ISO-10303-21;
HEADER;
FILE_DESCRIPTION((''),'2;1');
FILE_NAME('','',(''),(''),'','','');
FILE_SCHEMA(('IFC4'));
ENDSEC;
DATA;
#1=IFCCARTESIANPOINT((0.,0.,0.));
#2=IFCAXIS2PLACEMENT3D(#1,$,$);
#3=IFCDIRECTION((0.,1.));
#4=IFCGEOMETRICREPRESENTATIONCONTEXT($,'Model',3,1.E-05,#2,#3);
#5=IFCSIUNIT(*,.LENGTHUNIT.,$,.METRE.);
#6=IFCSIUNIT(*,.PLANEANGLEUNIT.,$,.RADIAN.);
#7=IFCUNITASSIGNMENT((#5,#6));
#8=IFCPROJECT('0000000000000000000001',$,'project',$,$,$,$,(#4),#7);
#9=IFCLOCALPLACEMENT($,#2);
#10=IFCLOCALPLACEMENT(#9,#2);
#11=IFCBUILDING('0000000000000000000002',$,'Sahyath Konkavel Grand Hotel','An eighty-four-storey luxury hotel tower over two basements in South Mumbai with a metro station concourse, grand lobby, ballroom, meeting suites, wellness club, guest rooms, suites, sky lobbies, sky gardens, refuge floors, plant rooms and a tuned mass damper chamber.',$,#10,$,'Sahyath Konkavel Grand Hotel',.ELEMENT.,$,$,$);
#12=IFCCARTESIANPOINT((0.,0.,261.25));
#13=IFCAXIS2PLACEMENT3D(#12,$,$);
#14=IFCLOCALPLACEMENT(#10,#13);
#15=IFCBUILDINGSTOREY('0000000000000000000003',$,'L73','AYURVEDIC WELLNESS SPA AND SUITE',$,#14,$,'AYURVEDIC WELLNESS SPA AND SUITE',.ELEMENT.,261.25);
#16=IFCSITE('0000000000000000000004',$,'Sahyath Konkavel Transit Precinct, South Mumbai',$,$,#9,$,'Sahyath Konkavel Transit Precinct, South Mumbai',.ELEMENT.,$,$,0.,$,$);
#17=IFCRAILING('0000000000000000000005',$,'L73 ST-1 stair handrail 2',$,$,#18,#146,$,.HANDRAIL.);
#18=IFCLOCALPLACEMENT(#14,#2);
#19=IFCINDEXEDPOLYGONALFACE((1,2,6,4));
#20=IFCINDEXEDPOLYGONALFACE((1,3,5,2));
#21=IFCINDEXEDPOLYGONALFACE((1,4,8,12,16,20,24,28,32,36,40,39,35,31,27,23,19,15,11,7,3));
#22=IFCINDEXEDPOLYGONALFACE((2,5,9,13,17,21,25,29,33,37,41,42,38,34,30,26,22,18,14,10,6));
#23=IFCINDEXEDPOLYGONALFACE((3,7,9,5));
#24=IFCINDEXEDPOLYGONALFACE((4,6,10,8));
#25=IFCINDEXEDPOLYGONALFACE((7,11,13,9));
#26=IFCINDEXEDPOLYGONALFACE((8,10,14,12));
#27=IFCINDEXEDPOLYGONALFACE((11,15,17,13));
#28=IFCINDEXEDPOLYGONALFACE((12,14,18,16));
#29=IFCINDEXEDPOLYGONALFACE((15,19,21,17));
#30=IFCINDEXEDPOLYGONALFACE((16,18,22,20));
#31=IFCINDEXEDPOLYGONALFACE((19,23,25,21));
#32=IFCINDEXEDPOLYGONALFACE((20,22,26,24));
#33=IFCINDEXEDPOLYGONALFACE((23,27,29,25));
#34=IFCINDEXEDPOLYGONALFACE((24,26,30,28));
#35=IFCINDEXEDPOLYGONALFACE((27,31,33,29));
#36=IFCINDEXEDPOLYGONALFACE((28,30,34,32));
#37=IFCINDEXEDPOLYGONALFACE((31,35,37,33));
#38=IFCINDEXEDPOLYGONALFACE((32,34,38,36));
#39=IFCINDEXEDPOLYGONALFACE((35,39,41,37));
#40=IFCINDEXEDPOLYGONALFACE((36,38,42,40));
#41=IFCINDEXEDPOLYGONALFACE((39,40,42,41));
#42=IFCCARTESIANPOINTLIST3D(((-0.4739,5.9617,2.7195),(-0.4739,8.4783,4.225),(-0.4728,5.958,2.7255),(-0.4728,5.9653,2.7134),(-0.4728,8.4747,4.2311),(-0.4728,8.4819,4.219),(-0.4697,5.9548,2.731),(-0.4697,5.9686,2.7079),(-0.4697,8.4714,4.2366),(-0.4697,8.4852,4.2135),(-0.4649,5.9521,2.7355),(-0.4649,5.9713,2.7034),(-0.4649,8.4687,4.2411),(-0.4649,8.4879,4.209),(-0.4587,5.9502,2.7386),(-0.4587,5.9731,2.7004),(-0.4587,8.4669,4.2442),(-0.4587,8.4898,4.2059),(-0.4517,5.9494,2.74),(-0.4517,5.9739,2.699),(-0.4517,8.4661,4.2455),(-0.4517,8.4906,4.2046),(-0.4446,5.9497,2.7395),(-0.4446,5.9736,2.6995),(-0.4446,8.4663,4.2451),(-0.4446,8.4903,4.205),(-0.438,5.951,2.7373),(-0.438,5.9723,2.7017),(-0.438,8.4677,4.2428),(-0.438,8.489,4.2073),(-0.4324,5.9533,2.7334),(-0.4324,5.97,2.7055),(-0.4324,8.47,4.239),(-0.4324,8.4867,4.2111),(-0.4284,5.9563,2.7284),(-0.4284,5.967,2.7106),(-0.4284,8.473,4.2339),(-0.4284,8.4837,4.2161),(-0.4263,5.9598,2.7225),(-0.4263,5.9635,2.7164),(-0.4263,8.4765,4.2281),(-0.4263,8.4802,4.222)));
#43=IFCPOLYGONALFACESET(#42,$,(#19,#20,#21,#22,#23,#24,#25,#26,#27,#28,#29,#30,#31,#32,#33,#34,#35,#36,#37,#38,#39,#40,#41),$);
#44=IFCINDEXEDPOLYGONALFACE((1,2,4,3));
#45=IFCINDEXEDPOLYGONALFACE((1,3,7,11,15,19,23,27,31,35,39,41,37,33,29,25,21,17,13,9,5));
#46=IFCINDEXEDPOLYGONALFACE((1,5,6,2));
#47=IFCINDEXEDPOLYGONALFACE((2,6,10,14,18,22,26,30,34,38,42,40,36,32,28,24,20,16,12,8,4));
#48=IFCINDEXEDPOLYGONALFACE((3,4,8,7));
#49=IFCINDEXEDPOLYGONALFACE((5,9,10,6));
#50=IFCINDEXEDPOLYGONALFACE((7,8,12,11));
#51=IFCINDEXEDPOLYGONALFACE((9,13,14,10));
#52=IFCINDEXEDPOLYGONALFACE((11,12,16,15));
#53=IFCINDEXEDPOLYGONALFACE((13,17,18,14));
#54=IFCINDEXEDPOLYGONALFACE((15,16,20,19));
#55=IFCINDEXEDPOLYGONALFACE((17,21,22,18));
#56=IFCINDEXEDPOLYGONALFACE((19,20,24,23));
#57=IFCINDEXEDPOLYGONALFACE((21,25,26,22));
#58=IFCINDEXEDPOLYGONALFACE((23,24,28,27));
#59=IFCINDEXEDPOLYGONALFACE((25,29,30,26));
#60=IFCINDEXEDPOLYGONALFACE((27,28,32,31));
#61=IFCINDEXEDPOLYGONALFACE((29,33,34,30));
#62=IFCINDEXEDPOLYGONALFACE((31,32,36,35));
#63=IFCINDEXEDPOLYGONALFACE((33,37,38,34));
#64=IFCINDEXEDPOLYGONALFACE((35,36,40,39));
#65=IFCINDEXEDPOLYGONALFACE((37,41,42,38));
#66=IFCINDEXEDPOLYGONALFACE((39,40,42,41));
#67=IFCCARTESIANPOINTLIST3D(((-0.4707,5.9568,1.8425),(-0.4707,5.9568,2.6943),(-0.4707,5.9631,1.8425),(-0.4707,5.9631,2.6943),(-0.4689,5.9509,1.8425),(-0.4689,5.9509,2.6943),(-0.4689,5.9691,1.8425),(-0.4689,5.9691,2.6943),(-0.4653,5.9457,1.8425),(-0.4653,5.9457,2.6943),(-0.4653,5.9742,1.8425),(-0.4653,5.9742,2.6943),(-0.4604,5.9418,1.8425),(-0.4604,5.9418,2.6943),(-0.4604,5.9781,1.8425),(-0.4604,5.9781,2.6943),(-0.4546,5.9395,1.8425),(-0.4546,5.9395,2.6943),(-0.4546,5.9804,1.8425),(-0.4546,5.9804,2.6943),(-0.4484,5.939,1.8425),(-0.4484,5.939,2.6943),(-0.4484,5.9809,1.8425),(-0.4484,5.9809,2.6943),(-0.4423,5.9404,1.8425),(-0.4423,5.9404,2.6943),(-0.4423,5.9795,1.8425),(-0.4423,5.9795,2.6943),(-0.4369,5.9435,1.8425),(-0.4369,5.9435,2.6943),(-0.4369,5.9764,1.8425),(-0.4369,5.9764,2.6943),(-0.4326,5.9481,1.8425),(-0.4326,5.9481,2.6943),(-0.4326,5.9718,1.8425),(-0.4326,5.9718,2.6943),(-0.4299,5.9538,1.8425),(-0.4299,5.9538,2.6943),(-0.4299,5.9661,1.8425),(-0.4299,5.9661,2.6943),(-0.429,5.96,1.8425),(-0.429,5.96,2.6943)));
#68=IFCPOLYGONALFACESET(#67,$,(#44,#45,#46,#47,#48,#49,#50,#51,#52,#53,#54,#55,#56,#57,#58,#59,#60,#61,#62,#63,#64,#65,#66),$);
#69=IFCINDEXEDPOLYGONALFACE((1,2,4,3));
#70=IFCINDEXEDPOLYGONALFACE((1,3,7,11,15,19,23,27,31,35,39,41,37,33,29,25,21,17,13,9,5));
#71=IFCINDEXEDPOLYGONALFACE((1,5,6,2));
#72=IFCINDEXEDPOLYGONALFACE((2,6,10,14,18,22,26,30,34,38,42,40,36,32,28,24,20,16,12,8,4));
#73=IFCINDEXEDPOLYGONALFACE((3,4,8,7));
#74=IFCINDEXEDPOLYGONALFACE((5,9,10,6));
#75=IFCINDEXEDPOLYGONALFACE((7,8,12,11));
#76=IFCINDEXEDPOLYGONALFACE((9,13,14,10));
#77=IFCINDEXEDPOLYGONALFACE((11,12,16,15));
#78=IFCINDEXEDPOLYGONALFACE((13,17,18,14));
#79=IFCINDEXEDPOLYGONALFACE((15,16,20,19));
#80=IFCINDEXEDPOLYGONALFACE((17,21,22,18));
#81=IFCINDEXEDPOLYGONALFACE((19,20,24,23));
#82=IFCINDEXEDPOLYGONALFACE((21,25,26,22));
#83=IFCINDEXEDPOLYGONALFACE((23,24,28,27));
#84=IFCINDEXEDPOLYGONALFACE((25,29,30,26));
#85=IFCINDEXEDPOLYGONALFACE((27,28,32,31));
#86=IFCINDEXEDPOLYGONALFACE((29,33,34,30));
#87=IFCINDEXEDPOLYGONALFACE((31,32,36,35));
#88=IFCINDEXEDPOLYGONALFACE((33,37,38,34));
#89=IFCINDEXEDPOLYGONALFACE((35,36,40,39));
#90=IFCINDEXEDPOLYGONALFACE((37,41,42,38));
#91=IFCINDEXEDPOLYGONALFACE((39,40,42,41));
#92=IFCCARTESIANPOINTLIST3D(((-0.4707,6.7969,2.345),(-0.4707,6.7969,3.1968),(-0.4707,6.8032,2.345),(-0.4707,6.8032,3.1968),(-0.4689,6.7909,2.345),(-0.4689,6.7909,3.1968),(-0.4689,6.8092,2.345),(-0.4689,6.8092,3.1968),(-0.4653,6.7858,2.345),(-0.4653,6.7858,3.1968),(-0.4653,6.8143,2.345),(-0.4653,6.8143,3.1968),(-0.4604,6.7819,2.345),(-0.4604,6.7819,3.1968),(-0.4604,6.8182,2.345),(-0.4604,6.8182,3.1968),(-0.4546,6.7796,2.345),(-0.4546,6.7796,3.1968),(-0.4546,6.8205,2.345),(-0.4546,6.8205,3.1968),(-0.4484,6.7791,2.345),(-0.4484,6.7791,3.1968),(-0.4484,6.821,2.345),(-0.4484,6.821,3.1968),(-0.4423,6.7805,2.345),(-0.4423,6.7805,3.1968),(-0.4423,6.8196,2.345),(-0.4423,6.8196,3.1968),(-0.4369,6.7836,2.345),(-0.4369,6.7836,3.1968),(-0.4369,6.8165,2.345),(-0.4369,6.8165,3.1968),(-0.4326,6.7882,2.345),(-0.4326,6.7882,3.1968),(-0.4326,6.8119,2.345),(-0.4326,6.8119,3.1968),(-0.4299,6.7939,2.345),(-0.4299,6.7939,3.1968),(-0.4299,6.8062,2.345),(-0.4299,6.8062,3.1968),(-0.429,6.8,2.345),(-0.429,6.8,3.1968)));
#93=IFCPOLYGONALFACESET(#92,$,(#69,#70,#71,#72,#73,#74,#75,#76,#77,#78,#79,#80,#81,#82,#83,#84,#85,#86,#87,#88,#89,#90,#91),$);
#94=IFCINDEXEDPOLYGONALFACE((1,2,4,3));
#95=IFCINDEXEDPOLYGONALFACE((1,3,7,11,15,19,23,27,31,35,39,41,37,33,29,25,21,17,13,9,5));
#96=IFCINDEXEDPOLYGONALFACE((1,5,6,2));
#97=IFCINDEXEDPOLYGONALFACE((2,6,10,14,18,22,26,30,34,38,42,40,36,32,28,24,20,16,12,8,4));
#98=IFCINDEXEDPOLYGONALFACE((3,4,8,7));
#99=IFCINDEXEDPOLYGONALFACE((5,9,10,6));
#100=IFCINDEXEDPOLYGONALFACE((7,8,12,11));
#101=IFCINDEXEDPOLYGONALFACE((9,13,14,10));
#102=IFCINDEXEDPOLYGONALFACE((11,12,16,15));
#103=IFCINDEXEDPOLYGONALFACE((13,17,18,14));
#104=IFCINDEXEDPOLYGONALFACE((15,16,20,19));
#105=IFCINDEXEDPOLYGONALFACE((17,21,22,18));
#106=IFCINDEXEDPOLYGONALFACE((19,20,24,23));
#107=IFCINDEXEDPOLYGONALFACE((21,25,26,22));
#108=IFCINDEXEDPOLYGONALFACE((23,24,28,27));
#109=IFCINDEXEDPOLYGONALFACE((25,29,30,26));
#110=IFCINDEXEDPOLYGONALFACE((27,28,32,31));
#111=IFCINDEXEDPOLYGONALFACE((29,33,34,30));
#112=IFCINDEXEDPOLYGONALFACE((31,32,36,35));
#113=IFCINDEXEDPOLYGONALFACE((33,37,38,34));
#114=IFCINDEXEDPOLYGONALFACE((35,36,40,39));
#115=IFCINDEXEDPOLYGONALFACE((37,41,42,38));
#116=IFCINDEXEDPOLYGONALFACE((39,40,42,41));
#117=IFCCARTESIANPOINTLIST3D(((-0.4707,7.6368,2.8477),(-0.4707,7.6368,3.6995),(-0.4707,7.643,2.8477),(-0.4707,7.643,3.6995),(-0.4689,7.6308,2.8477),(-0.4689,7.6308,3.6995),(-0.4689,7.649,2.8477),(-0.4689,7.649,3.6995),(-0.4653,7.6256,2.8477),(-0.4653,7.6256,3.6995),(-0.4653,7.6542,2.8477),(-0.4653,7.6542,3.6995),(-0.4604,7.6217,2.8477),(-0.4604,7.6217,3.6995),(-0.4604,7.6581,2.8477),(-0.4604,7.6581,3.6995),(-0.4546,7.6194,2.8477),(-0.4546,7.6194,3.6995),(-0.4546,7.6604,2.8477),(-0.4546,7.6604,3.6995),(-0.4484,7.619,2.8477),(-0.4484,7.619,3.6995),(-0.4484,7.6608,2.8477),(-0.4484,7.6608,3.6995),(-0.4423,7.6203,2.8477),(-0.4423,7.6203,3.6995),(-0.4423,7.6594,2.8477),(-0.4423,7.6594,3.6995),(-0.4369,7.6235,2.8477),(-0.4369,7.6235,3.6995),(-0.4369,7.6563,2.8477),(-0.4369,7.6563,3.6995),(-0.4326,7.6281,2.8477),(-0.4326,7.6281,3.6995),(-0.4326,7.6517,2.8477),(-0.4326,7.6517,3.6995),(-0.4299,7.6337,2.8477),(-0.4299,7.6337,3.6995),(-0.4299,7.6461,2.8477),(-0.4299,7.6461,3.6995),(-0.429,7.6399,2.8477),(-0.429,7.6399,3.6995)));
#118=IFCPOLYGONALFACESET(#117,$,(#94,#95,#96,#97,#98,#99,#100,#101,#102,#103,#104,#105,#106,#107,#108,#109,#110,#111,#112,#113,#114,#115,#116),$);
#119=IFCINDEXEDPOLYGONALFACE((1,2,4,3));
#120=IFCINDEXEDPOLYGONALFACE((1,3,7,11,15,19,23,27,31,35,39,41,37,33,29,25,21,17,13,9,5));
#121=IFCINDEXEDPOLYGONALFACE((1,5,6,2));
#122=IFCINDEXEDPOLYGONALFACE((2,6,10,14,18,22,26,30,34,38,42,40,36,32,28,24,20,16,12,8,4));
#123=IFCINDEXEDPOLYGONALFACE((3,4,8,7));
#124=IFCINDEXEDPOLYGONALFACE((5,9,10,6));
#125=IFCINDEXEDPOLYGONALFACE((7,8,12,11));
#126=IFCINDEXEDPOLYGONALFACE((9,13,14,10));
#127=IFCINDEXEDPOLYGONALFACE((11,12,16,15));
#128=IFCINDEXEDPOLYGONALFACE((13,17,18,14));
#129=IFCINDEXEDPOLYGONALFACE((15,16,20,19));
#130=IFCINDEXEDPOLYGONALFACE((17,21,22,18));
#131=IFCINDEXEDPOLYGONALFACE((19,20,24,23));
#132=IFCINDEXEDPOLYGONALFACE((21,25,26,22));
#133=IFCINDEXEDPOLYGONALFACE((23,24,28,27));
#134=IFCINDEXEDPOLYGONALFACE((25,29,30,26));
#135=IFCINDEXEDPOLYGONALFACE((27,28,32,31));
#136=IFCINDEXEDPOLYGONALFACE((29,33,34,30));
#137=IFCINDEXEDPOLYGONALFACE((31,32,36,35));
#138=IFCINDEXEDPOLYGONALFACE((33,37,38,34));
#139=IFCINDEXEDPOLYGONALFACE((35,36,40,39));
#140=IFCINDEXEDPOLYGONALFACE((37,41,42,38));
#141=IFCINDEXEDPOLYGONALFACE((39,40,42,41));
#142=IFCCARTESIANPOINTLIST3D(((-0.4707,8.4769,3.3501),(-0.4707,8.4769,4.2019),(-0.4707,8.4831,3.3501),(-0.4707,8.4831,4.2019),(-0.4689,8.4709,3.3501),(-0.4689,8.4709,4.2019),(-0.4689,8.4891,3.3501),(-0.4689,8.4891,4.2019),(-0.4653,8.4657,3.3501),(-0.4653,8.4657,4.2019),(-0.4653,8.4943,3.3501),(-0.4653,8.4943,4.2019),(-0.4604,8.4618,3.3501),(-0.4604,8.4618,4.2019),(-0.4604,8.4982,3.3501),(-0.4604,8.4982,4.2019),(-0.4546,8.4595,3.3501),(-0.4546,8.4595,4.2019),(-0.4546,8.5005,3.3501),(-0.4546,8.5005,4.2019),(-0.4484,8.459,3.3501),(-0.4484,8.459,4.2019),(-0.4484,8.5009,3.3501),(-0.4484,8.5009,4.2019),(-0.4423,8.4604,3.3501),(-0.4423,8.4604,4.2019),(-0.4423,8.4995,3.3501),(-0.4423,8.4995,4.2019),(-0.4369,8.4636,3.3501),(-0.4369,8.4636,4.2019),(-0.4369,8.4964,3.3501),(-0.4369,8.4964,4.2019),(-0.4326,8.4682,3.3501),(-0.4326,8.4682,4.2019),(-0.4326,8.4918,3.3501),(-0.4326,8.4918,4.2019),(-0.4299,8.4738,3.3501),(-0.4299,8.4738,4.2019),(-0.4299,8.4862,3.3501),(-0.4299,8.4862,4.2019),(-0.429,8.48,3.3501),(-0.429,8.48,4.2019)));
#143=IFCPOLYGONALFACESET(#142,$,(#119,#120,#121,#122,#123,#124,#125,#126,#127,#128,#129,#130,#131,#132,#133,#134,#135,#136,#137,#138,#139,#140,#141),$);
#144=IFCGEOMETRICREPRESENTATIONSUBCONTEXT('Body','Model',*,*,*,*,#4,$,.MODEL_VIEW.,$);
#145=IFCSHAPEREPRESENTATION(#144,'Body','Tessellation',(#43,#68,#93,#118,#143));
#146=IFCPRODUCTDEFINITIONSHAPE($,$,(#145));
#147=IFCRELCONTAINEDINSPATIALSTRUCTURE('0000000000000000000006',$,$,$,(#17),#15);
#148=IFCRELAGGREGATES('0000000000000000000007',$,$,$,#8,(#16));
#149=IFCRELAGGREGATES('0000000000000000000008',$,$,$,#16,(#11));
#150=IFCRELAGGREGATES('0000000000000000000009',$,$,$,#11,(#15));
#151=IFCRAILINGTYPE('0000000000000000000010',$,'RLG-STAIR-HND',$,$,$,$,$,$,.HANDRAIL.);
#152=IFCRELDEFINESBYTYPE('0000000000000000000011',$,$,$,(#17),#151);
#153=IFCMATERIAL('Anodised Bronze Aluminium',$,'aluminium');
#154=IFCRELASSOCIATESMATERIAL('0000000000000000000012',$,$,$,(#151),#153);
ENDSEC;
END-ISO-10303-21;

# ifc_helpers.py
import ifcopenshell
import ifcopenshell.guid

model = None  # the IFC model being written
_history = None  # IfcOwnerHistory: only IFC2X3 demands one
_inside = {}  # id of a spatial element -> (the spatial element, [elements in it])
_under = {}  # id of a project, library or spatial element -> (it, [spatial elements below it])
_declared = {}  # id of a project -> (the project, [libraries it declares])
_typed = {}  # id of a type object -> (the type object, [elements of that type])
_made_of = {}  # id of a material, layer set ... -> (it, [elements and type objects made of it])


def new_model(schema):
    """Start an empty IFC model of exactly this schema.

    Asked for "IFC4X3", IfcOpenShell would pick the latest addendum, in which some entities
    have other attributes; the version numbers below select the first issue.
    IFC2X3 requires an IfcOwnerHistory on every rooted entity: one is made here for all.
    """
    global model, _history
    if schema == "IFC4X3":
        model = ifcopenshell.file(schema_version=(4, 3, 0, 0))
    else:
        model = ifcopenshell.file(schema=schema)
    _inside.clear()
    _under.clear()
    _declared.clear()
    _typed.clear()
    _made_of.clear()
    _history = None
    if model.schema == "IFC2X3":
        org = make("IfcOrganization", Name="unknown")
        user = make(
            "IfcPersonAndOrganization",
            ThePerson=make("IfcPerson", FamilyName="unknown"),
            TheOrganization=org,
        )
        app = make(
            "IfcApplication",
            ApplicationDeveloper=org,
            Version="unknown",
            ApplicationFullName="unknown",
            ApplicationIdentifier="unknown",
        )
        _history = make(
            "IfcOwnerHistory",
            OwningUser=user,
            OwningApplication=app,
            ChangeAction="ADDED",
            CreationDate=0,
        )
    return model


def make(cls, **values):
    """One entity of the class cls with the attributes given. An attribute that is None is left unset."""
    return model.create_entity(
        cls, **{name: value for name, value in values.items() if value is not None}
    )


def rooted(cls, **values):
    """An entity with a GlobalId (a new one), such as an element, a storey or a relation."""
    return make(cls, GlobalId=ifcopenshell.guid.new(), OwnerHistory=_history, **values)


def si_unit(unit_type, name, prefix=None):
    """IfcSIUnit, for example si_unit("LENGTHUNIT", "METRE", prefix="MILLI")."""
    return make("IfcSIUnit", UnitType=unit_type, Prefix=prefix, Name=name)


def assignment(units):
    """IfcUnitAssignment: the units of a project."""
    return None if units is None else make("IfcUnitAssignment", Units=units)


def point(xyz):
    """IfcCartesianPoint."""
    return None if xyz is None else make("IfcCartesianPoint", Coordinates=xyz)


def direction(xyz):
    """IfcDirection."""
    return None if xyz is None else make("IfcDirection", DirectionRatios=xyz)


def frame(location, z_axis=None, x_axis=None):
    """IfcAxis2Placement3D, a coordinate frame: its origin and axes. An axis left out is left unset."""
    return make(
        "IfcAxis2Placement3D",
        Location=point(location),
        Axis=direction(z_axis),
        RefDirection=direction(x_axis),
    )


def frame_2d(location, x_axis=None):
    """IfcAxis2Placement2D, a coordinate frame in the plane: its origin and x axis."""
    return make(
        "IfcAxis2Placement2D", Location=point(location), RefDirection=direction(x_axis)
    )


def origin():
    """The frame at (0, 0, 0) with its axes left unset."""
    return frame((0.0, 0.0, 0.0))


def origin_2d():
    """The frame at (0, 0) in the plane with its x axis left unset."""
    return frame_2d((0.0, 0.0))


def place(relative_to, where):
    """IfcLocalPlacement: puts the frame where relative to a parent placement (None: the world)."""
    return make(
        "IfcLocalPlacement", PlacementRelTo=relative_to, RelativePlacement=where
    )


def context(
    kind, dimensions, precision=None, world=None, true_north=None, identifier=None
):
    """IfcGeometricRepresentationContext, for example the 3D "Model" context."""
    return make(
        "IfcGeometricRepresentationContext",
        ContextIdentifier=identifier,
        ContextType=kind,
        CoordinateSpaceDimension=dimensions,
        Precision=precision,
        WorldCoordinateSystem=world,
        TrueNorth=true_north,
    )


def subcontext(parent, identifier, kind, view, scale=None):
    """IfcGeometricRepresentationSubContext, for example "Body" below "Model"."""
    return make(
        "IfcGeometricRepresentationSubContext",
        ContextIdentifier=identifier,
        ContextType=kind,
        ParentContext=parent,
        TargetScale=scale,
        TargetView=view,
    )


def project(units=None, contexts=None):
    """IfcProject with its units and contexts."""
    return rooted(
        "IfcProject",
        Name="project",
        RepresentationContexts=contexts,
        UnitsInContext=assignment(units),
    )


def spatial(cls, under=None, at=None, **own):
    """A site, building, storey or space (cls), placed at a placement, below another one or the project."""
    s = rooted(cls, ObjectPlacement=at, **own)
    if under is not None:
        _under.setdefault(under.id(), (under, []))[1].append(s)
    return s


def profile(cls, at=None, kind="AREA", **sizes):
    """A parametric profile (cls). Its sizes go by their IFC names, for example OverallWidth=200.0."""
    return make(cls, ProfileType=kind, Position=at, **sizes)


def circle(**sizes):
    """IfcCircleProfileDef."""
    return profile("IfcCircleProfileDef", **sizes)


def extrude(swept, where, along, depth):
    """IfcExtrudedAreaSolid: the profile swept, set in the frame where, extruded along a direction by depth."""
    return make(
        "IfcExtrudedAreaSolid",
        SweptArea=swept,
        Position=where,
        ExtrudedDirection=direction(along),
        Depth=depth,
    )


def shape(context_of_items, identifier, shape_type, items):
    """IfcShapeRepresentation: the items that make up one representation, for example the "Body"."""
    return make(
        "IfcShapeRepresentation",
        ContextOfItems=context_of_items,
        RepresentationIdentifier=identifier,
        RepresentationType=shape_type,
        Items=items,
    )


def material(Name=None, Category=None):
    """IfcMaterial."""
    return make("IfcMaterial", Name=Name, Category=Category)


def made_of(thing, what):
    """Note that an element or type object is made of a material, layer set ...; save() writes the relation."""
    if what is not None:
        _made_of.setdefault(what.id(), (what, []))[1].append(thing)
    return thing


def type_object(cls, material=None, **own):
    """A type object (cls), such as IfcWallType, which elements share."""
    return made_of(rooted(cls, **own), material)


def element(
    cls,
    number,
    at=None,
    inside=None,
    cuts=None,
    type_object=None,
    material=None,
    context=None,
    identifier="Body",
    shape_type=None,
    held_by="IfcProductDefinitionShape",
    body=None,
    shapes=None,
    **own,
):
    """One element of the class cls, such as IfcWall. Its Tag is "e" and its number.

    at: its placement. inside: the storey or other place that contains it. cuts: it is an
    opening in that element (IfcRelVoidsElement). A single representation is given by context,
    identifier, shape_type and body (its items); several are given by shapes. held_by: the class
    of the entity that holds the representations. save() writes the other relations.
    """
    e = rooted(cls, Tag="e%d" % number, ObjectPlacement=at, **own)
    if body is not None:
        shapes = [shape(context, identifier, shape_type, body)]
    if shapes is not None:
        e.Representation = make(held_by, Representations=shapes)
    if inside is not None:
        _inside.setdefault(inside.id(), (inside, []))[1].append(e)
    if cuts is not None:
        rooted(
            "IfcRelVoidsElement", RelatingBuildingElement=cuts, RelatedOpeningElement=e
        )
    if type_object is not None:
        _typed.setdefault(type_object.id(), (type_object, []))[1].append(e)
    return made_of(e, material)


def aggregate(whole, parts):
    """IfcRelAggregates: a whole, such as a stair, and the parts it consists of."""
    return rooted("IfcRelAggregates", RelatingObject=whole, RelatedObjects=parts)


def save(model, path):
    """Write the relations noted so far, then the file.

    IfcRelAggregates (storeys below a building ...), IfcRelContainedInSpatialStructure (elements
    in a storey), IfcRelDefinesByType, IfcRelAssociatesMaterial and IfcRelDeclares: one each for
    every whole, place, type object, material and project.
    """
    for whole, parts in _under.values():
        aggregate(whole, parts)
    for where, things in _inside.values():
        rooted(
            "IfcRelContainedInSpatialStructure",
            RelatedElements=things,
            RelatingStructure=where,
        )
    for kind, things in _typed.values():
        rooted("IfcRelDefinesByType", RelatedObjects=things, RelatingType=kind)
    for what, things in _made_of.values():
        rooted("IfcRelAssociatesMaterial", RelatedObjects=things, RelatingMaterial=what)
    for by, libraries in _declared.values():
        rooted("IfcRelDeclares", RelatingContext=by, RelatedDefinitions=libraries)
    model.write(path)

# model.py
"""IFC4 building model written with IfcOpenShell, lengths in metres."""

from ifc_helpers import new_model, si_unit, direction, frame, origin, origin_2d, place, context, subcontext, project, spatial, circle, extrude, material, type_object, element, save


model = new_model("IFC4")

# Units and contexts
model_context = context("Model", 3, precision=1e-05, world=origin(), true_north=direction((0.0, 1.0)))
body_context = subcontext(model_context, "Body", "Model", "MODEL_VIEW")
ifc_project = project(units=[si_unit("LENGTHUNIT", "METRE"), si_unit("PLANEANGLEUNIT", "RADIAN")], contexts=[model_context])

# Site, building, storey
site_placement = place(None, origin())
site = spatial("IfcSite", under=ifc_project, at=site_placement, Name="Sahyath Konkavel Transit Precinct, South Mumbai", LongName="Sahyath Konkavel Transit Precinct, South Mumbai", CompositionType="ELEMENT", RefElevation=0.0)
building_placement = place(site_placement, origin())
building = spatial("IfcBuilding", under=site, at=building_placement, Name="Sahyath Konkavel Grand Hotel", Description="An eighty-four-storey luxury hotel tower over two basements in South Mumbai with a metro station concourse, grand lobby, ballroom, meeting suites, wellness club, guest rooms, suites, sky lobbies, sky gardens, refuge floors, plant rooms and a tuned mass damper chamber.", LongName="Sahyath Konkavel Grand Hotel", CompositionType="ELEMENT")
storey_placement = place(building_placement, frame((0.0, 0.0, 261.25)))
storey = spatial("IfcBuildingStorey", under=building, at=storey_placement, Name="L73", Description="AYURVEDIC WELLNESS SPA AND SUITE", LongName="AYURVEDIC WELLNESS SPA AND SUITE", CompositionType="ELEMENT", Elevation=261.25)

# Shared definitions
ifc_material_1 = material(Name="Anodised Bronze Aluminium", Category="aluminium")

# Railing
railing_type_1 = type_object("IfcRailingType", Name="RLG-STAIR-HND", PredefinedType="HANDRAIL", material=ifc_material_1)
railing_1_placement = place(storey_placement, frame((-0.45, 5.96, 1.8425)))
element("IfcRailing", 1, at=railing_1_placement, inside=storey, type_object=railing_type_1, Name="L73 ST-1 stair handrail 2", PredefinedType="HANDRAIL", context=body_context, shape_type="SweptSolid", body=[
    extrude(circle(Radius=0.0239, at=origin_2d()), frame((0.0, 0.0017, 0.877), z_axis=(0.0, 0.85816, 0.513383), x_axis=(-1.0, 0.0, 0.0)), (0.0, 0.0, 1.0), 2.9326),
    extrude(circle(Radius=0.021, at=origin_2d()), origin(), (0.0, 0.0, 1.0), 0.8518),
    extrude(circle(Radius=0.021, at=origin_2d()), frame((0.0, 0.8401, 0.5024)), (0.0, 0.0, 1.0), 0.8518),
    extrude(circle(Radius=0.021, at=origin_2d()), frame((0.0, 1.6799, 1.0051)), (0.0, 0.0, 1.0), 0.8518),
    extrude(circle(Radius=0.021, at=origin_2d()), frame((0.0, 2.52, 1.5076)), (0.0, 0.0, 1.0), 0.8518),
])

save(model, "model.ifc")
